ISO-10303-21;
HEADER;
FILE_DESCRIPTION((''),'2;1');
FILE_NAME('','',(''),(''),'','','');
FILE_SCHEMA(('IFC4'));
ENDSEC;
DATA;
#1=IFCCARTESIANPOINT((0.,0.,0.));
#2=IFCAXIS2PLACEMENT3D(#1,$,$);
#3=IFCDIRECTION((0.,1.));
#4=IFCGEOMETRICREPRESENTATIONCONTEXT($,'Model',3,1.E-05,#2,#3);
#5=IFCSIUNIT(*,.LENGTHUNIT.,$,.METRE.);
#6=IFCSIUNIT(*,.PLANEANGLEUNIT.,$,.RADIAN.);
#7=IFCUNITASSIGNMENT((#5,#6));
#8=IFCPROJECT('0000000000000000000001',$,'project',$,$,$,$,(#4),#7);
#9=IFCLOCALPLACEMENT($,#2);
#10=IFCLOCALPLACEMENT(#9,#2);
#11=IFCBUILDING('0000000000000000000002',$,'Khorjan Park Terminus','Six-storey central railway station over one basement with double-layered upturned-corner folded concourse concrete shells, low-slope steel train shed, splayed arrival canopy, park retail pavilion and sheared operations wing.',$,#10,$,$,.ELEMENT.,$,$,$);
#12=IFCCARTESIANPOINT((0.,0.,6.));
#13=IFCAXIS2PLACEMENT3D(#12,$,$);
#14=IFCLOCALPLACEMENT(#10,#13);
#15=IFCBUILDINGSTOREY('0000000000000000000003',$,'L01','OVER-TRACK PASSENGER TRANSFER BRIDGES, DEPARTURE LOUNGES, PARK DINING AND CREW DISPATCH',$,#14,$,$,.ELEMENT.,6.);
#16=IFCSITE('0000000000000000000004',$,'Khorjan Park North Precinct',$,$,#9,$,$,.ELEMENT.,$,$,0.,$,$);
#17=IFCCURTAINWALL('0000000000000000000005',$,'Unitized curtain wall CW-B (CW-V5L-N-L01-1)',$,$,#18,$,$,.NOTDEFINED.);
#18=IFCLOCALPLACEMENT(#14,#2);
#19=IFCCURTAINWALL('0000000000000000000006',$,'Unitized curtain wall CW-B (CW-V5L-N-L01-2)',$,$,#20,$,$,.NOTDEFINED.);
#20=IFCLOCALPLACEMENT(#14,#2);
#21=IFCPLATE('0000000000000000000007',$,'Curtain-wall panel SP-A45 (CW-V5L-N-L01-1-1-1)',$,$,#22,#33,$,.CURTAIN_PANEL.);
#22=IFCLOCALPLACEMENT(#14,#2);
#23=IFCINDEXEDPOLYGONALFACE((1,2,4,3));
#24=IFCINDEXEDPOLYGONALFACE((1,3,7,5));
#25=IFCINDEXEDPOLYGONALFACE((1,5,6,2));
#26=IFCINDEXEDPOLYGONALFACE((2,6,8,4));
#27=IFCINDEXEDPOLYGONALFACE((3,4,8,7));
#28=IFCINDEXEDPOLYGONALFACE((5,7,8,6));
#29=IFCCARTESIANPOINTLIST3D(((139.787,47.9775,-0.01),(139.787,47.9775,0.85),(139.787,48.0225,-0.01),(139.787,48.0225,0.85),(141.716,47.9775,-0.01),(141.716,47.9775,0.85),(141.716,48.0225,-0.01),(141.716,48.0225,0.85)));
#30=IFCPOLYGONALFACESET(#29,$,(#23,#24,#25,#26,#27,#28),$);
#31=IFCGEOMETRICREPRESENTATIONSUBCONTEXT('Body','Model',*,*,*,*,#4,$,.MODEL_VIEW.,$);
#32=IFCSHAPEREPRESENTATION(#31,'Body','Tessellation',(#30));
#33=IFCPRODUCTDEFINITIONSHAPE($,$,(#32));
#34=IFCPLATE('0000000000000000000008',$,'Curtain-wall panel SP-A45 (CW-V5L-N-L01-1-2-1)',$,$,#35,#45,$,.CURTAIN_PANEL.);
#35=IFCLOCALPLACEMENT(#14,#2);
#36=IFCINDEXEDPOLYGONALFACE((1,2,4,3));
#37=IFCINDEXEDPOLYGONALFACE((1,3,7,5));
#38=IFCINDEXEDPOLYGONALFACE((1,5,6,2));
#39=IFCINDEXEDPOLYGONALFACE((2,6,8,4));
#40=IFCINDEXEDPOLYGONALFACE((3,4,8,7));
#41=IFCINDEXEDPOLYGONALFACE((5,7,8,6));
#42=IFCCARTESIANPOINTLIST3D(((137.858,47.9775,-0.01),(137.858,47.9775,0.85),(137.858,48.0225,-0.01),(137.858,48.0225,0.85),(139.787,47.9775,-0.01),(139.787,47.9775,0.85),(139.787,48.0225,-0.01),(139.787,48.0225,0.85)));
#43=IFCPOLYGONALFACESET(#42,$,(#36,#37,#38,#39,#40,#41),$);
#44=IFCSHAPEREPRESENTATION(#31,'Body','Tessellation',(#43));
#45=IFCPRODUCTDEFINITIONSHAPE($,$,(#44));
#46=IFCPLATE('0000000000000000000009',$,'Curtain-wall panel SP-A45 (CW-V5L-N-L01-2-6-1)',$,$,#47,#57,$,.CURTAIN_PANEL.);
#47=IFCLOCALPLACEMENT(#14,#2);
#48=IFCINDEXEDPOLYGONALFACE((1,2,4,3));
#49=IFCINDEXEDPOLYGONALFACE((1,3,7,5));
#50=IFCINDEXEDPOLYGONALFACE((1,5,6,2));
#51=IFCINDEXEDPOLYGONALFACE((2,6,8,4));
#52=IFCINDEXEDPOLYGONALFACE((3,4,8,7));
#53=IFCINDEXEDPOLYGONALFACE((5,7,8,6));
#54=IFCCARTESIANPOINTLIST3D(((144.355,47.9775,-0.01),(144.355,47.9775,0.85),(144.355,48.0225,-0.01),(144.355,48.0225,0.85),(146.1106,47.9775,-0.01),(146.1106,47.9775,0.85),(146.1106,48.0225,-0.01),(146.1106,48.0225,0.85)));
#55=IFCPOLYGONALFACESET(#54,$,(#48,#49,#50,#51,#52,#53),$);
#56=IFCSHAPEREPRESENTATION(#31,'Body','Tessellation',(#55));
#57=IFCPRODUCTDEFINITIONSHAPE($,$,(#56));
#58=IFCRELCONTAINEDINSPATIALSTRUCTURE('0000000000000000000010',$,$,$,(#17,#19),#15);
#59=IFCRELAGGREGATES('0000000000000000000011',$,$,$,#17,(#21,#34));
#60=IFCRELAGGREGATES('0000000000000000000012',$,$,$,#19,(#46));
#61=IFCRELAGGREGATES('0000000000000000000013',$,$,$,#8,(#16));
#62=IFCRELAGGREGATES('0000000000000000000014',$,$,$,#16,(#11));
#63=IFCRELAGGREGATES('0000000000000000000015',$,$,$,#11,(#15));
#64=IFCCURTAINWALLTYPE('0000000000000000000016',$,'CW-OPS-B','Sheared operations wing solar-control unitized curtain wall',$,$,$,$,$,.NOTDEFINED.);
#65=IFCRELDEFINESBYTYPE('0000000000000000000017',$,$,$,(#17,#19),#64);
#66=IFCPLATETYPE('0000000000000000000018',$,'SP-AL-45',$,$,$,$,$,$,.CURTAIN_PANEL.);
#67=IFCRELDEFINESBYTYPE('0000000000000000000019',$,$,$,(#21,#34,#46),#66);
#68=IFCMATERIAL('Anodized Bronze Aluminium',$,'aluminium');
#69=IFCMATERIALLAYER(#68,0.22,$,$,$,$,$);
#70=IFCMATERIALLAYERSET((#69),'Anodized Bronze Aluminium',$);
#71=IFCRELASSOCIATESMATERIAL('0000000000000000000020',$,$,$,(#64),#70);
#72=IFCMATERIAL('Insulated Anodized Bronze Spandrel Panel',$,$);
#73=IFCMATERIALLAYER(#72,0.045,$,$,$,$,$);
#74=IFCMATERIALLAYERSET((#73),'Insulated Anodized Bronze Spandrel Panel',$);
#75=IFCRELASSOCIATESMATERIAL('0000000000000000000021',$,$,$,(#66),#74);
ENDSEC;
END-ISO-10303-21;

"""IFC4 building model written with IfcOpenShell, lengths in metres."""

from ifc_helpers import new_model, si_unit, direction, frame, origin, origin_2d, place, context, subcontext, project, spatial, rectangle, extrude, material, layer, layer_set, type_object, element, aggregate, save


model = new_model("IFC4")

# Units and contexts
model_context = context("Model", 3, precision=1e-05, world=origin(), true_north=direction((0.0, 1.0)))
body_context = subcontext(model_context, "Body", "Model", "MODEL_VIEW")
ifc_project = project(units=[si_unit("LENGTHUNIT", "METRE"), si_unit("PLANEANGLEUNIT", "RADIAN")], contexts=[model_context])

# Site, building, storey
site_placement = place(None, origin())
site = spatial("IfcSite", under=ifc_project, at=site_placement, Name="Khorjan Park North Precinct", CompositionType="ELEMENT", RefElevation=0.0)
building_placement = place(site_placement, origin())
building = spatial("IfcBuilding", under=site, at=building_placement, Name="Khorjan Park Terminus", Description="Six-storey central railway station over one basement with double-layered upturned-corner folded concourse concrete shells, low-slope steel train shed, splayed arrival canopy, park retail pavilion and sheared operations wing.", CompositionType="ELEMENT")
storey_placement = place(building_placement, frame((0.0, 0.0, 6.0)))
storey = spatial("IfcBuildingStorey", under=building, at=storey_placement, Name="L01", Description="OVER-TRACK PASSENGER TRANSFER BRIDGES, DEPARTURE LOUNGES, PARK DINING AND CREW DISPATCH", CompositionType="ELEMENT", Elevation=6.0)

# Curtain wall
ifc_material_1 = material(Name="Anodized Bronze Aluminium", Category="aluminium")
ifc_layer_1 = layer(ifc_material_1, 0.22)
ifc_layer_set_1 = layer_set([ifc_layer_1], Name="Anodized Bronze Aluminium")
curtain_wall_type = type_object("IfcCurtainWallType", Name="CW-OPS-B", Description="Sheared operations wing solar-control unitized curtain wall", PredefinedType="NOTDEFINED", material=ifc_layer_set_1)
curtain_wall_1_placement = place(storey_placement, origin())
curtain_wall_1 = element("IfcCurtainWall", 1, at=curtain_wall_1_placement, inside=storey, type_object=curtain_wall_type, Name="Unitized curtain wall CW-B (CW-V5L-N-L01-1)", PredefinedType="NOTDEFINED")

# Curtain wall
curtain_wall_2_placement = place(storey_placement, origin())
curtain_wall_2 = element("IfcCurtainWall", 2, at=curtain_wall_2_placement, inside=storey, type_object=curtain_wall_type, Name="Unitized curtain wall CW-B (CW-V5L-N-L01-2)", PredefinedType="NOTDEFINED")

# Plates
ifc_material_2 = material(Name="Insulated Anodized Bronze Spandrel Panel")
ifc_layer_2 = layer(ifc_material_2, 0.045)
ifc_layer_set_2 = layer_set([ifc_layer_2], Name="Insulated Anodized Bronze Spandrel Panel")
plate_type_1 = type_object("IfcPlateType", Name="SP-AL-45", PredefinedType="CURTAIN_PANEL", material=ifc_layer_set_2)
plate_1_placement = place(storey_placement, frame((140.7515, 48.0, -0.01), z_axis=(0.0, 0.0, 1.0), x_axis=(-1.0, 0.0, 0.0)))
plate_1 = element("IfcPlate", 3, at=plate_1_placement, type_object=plate_type_1, Name="Curtain-wall panel SP-A45 (CW-V5L-N-L01-1-1-1)", PredefinedType="CURTAIN_PANEL", context=body_context, shape_type="SweptSolid", body=[
    extrude(rectangle(XDim=1.929, YDim=0.045, at=origin_2d()), origin(), (0.0, 0.0, 1.0), 0.86),
])
plate_2_placement = place(storey_placement, frame((138.8225, 48.0, -0.01), z_axis=(0.0, 0.0, 1.0), x_axis=(-1.0, 0.0, 0.0)))
plate_2 = element("IfcPlate", 4, at=plate_2_placement, type_object=plate_type_1, Name="Curtain-wall panel SP-A45 (CW-V5L-N-L01-1-2-1)", PredefinedType="CURTAIN_PANEL", context=body_context, shape_type="SweptSolid", body=[
    extrude(rectangle(XDim=1.929, YDim=0.045, at=origin_2d()), origin(), (0.0, 0.0, 1.0), 0.86),
])
aggregate(curtain_wall_1, [plate_1, plate_2])
plate_3_placement = place(storey_placement, frame((145.2328, 48.0, -0.01), z_axis=(0.0, 0.0, 1.0), x_axis=(-1.0, 0.0, 0.0)))
plate_3 = element("IfcPlate", 5, at=plate_3_placement, type_object=plate_type_1, Name="Curtain-wall panel SP-A45 (CW-V5L-N-L01-2-6-1)", PredefinedType="CURTAIN_PANEL", context=body_context, shape_type="SweptSolid", body=[
    extrude(rectangle(XDim=1.7557, YDim=0.045, at=origin_2d()), origin(), (0.0, 0.0, 1.0), 0.86),
])
aggregate(curtain_wall_2, [plate_3])

save(model, "model.ifc")
